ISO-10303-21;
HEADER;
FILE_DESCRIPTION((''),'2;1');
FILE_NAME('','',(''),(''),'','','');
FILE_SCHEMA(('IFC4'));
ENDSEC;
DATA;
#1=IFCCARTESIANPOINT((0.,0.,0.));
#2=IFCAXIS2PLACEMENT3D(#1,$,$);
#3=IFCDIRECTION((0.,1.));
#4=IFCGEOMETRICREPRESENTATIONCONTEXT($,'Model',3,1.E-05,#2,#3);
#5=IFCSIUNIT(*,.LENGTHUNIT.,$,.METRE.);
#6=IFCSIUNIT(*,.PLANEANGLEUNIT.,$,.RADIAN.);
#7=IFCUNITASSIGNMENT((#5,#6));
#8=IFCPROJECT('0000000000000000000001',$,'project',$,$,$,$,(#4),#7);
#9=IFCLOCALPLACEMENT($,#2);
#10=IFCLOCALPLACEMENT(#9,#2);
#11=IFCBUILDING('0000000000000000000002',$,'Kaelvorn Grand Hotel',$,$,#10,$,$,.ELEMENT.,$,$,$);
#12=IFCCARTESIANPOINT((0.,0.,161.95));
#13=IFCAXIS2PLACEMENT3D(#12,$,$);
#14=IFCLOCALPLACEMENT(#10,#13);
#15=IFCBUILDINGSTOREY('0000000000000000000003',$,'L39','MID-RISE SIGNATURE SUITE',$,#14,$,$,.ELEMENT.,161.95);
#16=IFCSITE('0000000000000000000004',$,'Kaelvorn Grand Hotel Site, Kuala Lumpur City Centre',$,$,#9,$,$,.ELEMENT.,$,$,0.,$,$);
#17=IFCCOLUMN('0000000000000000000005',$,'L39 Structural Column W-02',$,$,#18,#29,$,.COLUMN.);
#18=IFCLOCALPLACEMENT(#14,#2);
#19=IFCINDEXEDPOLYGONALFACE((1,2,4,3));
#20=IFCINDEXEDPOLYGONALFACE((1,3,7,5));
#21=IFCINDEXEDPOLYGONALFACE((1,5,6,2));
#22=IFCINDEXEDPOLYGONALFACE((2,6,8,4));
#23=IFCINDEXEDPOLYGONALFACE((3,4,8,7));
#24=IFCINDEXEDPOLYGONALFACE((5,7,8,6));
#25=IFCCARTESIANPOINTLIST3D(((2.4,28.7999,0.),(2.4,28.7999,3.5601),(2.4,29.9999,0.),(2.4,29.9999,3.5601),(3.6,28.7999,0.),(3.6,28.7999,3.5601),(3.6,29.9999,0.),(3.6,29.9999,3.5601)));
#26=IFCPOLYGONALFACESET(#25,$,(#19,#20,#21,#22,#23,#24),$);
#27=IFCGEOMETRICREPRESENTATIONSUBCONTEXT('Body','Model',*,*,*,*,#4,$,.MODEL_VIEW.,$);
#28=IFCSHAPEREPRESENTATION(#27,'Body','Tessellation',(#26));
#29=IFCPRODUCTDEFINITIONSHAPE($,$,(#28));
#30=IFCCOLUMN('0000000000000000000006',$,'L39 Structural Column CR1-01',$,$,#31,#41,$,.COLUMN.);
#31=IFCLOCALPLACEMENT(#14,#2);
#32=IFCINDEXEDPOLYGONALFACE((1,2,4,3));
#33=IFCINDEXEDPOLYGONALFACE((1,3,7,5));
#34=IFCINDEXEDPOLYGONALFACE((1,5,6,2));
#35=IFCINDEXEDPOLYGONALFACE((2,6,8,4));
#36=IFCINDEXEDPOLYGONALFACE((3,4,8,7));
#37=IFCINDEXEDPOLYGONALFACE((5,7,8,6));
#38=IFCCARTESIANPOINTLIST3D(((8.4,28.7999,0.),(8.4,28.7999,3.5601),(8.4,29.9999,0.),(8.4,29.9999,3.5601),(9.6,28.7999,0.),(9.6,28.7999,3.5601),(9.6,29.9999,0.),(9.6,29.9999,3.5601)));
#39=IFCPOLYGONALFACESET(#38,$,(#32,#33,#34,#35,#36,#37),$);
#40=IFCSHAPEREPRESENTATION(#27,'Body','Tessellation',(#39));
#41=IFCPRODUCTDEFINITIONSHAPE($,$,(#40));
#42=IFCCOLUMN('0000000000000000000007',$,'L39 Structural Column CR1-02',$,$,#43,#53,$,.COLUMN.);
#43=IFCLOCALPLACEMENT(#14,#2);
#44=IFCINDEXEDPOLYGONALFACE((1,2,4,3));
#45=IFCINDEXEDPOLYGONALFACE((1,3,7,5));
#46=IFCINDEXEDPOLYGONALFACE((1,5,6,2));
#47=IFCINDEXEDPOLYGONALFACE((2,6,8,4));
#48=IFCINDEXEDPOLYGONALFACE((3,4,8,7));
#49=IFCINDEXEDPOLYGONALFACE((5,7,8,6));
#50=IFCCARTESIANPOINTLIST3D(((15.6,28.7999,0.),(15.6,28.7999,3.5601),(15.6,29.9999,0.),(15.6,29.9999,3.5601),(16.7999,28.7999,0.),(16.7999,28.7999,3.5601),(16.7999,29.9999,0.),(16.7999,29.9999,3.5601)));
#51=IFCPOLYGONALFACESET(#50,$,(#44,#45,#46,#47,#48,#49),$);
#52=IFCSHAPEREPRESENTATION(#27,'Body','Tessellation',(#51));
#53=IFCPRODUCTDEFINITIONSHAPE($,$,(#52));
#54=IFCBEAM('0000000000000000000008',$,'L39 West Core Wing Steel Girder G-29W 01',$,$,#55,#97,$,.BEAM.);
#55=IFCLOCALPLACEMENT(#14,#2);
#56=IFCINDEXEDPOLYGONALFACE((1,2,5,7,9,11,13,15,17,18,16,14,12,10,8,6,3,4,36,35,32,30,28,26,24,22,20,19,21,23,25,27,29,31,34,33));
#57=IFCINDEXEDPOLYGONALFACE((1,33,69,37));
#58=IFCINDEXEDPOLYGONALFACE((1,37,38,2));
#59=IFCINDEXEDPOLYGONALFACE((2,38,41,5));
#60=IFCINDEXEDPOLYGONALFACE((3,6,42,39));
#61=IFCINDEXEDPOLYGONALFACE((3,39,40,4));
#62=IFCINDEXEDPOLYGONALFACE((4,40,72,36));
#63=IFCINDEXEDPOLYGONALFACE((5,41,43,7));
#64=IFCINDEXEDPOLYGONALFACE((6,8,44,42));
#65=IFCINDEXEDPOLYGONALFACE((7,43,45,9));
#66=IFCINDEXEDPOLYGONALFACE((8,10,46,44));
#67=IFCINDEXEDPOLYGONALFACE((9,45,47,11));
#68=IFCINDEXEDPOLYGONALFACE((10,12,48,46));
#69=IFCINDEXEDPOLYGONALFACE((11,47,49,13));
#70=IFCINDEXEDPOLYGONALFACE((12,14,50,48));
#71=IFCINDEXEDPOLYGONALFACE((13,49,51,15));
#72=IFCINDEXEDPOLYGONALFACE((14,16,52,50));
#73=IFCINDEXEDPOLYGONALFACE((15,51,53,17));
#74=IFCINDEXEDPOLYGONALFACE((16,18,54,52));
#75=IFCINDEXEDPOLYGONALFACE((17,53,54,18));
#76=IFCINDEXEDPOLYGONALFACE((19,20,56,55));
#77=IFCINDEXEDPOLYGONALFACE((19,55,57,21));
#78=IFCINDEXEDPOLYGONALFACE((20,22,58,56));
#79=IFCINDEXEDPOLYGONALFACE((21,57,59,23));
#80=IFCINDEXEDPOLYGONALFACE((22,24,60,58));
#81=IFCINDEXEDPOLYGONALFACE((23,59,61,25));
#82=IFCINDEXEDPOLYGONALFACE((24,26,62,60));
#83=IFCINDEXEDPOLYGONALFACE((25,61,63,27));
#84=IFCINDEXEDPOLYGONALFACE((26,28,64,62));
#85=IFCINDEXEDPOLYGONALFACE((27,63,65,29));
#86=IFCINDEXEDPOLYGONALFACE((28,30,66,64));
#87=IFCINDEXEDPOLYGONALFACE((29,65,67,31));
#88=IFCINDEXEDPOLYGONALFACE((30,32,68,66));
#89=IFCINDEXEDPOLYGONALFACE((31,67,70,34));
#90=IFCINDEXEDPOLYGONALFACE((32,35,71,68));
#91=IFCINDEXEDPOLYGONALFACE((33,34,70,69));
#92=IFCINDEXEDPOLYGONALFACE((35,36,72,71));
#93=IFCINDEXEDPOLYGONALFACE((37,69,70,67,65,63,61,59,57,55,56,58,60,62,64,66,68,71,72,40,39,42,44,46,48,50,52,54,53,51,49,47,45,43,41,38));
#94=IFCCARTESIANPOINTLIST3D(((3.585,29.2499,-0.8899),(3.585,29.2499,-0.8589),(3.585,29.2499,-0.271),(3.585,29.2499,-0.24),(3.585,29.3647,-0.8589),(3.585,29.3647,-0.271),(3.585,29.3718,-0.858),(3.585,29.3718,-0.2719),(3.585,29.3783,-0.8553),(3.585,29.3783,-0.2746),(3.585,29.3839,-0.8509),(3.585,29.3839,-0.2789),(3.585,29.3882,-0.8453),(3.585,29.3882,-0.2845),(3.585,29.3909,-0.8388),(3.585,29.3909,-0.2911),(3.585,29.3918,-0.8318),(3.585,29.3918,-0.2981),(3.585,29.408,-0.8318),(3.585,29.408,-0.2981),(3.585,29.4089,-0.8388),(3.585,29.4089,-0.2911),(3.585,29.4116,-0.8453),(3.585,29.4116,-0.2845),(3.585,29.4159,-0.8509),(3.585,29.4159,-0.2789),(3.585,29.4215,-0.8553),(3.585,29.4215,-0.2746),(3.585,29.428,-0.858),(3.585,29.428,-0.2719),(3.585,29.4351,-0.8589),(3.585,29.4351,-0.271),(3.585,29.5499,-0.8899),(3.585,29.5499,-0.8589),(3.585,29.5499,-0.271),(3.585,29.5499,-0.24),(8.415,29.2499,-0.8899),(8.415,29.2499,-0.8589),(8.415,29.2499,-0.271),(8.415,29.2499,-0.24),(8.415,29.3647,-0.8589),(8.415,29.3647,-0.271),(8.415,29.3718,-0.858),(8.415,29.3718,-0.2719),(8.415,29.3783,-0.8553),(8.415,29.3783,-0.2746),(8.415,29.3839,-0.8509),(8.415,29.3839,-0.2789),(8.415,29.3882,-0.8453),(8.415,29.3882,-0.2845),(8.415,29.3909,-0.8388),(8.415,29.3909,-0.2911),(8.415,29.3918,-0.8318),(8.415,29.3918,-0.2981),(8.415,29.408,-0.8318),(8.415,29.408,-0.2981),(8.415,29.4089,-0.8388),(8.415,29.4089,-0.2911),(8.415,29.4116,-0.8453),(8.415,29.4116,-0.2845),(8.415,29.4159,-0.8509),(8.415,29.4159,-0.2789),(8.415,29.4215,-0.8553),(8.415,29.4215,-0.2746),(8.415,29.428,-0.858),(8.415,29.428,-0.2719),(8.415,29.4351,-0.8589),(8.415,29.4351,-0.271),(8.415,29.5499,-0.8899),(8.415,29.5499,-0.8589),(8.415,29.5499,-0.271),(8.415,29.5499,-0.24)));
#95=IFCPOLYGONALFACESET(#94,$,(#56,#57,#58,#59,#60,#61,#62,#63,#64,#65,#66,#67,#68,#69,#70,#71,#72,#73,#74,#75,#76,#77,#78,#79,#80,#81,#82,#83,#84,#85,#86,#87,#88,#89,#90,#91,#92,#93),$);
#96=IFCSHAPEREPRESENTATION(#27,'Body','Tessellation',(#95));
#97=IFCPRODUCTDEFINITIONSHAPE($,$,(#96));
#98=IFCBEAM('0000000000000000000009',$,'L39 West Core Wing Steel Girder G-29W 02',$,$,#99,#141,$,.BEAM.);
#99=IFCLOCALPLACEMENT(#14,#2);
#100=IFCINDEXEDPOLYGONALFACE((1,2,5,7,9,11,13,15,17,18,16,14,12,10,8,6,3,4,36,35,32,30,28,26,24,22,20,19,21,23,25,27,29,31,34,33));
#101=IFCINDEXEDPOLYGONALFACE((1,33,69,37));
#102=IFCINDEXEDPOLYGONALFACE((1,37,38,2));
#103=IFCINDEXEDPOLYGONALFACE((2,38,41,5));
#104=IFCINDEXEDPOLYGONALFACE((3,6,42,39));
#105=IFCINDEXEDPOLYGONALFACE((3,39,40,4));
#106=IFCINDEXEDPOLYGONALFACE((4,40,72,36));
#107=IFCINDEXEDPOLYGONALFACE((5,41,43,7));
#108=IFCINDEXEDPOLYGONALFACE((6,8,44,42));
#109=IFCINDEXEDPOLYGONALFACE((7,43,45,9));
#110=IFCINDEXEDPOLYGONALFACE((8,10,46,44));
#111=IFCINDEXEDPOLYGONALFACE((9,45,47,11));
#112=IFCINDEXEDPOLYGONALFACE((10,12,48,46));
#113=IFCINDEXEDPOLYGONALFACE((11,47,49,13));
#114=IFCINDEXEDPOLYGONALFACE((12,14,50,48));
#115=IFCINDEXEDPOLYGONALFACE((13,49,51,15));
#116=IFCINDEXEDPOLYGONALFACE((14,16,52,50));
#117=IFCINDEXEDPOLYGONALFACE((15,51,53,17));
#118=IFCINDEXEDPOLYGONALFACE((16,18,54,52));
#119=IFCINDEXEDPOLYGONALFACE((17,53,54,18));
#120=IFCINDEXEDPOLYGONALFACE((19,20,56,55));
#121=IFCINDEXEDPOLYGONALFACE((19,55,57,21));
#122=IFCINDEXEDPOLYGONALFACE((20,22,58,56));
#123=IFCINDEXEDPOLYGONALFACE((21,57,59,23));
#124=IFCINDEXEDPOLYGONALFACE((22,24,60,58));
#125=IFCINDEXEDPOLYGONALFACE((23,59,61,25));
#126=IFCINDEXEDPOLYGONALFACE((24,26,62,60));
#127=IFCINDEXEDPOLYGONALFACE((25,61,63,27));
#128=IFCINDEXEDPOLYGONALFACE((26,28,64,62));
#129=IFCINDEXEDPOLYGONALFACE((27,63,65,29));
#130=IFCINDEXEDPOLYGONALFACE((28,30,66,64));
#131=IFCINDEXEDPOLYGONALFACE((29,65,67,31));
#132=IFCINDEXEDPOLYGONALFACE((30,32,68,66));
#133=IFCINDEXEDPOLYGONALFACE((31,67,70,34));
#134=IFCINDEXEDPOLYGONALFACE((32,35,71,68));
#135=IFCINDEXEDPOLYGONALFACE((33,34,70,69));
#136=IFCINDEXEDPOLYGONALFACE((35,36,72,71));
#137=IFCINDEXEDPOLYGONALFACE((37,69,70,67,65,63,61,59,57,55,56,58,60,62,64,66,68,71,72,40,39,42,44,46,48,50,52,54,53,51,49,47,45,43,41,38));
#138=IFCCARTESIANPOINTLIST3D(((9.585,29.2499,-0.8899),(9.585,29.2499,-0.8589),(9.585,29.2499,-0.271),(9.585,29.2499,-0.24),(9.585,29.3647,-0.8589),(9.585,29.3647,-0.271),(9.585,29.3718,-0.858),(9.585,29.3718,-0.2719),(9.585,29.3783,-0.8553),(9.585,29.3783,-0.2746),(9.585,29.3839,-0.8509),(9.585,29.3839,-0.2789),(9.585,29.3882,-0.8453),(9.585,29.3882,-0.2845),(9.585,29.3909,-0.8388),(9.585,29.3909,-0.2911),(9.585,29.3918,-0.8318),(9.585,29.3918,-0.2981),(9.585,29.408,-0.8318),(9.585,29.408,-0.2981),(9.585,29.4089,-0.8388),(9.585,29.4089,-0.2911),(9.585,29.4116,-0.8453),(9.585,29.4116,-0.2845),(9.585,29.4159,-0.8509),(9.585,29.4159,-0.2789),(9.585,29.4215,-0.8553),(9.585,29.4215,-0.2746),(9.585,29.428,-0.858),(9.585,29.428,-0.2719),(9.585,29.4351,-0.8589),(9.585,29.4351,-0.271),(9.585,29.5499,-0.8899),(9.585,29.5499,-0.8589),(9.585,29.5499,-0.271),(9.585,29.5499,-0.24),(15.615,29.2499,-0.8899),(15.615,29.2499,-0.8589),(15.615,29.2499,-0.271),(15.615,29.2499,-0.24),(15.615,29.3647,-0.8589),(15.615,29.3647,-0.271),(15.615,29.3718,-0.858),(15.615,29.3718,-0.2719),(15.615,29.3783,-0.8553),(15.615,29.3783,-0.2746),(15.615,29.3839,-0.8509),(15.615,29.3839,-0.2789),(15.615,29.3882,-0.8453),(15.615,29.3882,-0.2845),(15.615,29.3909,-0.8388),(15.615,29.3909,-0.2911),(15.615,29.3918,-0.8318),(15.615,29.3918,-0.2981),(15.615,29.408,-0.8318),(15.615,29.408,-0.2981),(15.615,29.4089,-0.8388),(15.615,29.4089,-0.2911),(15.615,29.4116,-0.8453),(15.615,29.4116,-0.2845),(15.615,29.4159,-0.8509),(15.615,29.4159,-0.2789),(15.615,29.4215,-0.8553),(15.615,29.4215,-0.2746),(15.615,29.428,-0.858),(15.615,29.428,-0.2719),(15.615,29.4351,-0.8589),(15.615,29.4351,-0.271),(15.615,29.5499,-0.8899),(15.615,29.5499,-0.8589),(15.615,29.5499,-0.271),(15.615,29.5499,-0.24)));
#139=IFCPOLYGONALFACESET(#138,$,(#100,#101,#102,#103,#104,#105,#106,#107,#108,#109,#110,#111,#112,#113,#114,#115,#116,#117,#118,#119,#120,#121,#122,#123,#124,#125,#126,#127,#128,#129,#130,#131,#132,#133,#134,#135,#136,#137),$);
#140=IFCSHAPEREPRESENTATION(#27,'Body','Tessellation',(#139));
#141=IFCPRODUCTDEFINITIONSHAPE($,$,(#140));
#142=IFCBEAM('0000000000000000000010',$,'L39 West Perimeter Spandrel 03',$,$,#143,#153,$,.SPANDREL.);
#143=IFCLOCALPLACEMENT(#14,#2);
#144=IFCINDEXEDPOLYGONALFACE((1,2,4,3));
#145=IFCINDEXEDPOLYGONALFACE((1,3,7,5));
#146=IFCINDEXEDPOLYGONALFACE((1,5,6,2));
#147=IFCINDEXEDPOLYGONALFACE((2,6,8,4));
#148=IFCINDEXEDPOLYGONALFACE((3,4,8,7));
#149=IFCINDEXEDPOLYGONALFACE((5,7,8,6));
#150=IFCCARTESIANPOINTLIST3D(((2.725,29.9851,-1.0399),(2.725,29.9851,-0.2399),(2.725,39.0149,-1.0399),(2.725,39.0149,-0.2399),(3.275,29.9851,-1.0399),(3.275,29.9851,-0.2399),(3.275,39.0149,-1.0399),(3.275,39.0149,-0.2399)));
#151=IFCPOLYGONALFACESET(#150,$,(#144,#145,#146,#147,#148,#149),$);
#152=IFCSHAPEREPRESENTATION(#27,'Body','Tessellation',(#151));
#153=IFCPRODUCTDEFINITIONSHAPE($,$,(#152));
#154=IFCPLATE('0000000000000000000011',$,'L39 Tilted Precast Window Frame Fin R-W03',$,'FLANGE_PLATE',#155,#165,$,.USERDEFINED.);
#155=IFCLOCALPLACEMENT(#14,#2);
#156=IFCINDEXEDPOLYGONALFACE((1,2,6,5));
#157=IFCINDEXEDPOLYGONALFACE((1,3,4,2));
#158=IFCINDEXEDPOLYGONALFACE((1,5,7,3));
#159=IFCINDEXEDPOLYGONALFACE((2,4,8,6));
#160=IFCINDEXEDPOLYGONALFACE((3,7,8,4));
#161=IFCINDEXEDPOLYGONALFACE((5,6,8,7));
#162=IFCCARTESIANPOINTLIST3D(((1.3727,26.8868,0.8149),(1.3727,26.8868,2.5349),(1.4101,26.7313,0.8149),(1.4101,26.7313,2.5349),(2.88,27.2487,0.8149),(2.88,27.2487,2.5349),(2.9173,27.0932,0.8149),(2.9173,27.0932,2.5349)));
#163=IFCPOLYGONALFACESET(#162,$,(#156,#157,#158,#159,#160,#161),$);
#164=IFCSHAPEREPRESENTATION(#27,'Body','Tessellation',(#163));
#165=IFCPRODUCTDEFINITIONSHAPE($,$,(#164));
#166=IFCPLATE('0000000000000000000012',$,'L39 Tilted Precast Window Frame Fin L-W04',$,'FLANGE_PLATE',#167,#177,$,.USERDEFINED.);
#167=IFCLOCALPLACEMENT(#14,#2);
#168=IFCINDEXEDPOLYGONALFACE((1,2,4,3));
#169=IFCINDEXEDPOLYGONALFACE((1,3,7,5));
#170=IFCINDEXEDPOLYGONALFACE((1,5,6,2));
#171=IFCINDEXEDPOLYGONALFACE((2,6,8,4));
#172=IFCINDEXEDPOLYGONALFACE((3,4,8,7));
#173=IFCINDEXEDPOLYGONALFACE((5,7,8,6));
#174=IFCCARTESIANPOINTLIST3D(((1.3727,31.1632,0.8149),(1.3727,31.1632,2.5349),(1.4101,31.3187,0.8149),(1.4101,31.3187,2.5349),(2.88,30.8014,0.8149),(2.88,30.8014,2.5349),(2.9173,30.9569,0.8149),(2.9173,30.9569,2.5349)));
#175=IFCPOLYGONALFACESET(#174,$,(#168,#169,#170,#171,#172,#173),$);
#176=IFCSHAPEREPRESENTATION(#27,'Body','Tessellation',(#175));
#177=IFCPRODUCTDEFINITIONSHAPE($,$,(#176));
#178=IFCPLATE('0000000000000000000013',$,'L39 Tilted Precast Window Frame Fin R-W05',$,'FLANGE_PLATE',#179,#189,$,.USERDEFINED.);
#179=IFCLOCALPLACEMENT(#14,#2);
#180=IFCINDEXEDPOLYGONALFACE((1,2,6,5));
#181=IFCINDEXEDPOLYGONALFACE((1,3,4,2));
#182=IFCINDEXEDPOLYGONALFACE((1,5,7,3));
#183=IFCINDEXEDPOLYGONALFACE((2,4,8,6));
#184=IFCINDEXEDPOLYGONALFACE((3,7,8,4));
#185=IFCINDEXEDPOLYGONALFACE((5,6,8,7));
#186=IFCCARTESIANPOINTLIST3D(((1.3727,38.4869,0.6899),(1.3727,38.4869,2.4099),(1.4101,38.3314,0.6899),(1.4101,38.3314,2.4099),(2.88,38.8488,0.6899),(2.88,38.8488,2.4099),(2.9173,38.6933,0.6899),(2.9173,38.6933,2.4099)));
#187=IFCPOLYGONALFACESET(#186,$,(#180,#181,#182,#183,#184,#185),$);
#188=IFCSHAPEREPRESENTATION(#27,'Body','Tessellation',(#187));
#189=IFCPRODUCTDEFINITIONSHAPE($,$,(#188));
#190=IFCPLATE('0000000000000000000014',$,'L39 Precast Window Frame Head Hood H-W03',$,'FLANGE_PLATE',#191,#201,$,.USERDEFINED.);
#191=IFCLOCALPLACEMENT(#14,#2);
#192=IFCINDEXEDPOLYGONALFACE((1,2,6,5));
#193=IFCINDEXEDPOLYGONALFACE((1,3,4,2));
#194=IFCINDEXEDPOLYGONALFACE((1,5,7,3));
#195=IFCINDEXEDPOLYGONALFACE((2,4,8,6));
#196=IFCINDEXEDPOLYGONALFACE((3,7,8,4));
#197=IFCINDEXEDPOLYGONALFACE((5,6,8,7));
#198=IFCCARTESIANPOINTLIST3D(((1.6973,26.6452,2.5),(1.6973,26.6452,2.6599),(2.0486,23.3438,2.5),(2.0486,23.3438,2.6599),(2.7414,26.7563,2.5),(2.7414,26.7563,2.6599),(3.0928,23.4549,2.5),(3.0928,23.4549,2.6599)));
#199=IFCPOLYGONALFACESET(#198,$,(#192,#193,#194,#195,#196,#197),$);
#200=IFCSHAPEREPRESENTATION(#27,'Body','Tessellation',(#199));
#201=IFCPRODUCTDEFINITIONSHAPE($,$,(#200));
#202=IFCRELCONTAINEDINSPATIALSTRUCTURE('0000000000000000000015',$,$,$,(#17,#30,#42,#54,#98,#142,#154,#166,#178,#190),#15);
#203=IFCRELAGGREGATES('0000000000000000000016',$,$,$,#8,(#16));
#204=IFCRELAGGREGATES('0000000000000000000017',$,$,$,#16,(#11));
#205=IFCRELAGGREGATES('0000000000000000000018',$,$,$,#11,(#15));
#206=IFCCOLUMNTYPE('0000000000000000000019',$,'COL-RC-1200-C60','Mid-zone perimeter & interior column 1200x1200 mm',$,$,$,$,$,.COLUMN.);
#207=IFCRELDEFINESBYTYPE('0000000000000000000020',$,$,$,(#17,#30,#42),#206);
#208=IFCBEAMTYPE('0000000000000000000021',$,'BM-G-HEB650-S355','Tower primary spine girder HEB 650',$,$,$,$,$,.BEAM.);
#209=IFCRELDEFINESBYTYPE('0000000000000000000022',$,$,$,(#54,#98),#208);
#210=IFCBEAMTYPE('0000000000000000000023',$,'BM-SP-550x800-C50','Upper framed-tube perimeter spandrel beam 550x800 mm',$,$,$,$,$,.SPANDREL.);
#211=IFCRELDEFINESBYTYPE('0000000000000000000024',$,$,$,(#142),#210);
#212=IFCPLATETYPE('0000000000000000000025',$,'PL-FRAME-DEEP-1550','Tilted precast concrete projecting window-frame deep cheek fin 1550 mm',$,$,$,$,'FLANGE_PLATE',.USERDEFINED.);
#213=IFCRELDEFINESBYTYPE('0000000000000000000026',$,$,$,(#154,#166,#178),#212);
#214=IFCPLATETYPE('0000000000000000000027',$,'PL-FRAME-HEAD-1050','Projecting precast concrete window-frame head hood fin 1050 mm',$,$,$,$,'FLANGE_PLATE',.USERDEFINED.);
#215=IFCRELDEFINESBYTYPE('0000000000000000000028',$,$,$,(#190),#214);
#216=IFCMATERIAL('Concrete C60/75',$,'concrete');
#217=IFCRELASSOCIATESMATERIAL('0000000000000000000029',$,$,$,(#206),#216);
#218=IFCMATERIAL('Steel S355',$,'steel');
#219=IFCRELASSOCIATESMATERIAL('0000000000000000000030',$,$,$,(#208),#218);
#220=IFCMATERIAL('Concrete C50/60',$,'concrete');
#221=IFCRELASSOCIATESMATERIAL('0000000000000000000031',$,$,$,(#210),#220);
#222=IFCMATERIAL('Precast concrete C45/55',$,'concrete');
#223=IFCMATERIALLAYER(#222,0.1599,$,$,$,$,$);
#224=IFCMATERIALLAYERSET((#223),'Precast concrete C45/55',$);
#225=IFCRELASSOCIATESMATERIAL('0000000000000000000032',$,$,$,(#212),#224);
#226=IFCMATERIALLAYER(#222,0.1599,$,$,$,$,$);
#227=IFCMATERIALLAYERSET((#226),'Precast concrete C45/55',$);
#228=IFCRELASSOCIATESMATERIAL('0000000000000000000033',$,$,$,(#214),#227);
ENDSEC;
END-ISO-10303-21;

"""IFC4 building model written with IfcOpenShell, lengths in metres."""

from ifc_helpers import new_model, si_unit, direction, frame, origin, origin_2d, place, context, subcontext, project, spatial, rectangle, i_section, extrude, material, layer, layer_set, material_profile, profile_set, type_object, element, save


model = new_model("IFC4")

# Units and contexts
model_context = context("Model", 3, precision=1e-05, world=origin(), true_north=direction((0.0, 1.0)))
body_context = subcontext(model_context, "Body", "Model", "MODEL_VIEW")
ifc_project = project(units=[si_unit("LENGTHUNIT", "METRE"), si_unit("PLANEANGLEUNIT", "RADIAN")], contexts=[model_context])

# Site, building, storey
site_placement = place(None, origin())
site = spatial("IfcSite", under=ifc_project, at=site_placement, Name="Kaelvorn Grand Hotel Site, Kuala Lumpur City Centre", CompositionType="ELEMENT", RefElevation=0.0)
building_placement = place(site_placement, origin())
building = spatial("IfcBuilding", under=site, at=building_placement, Name="Kaelvorn Grand Hotel", CompositionType="ELEMENT")
storey_placement = place(building_placement, frame((0.0, 0.0, 161.95)))
storey = spatial("IfcBuildingStorey", under=building, at=storey_placement, Name="L39", Description="MID-RISE SIGNATURE SUITE", CompositionType="ELEMENT", Elevation=161.95)

# Columns
ifc_material_1 = material(Name="Concrete C60/75", Category="concrete")
ifc_material_profile_1 = material_profile(ifc_material_1, rectangle(XDim=1.2, YDim=1.2, at=origin_2d()), Name="RC COL 1200x1200")
ifc_profile_set_1 = profile_set([ifc_material_profile_1], Name="Concrete C60/75")
column_type = type_object("IfcColumnType", Name="COL-RC-1200-C60", Description="Mid-zone perimeter & interior column 1200x1200 mm", PredefinedType="COLUMN", material=ifc_profile_set_1)
for number, where, z_axis, x_axis, name in (
    (1, (3.0, 29.3999, 0.0), (0.0, 0.0, 1.0), (1.0, 0.0, 0.0), "L39 Structural Column W-02"),
    (2, (9.0, 29.3999, 0.0), (0.0, 0.0, 1.0), (1.0, 0.0, 0.0), "L39 Structural Column CR1-01"),
    (3, (16.2, 29.3999, 0.0), (0.0, 0.0, 1.0), (1.0, 0.0, 0.0), "L39 Structural Column CR1-02"),
):
    element("IfcColumn", number, at=place(storey_placement, frame(where, z_axis=z_axis, x_axis=x_axis)), inside=storey, type_object=column_type, Name=name, PredefinedType="COLUMN", context=body_context, shape_type="SweptSolid", body=[
        extrude(rectangle(XDim=1.2, YDim=1.2, at=origin_2d()), origin(), (0.0, 0.0, 1.0), 3.5601),
    ])

# Beams
ifc_material_2 = material(Name="Steel S355", Category="steel")
ifc_material_profile_2 = material_profile(ifc_material_2, i_section(OverallWidth=0.3, OverallDepth=0.6499, WebThickness=0.0161, FlangeThickness=0.031, FilletRadius=0.0271, at=origin_2d()), Name="HEB 650")
ifc_profile_set_2 = profile_set([ifc_material_profile_2], Name="Steel S355")
beam_type_1 = type_object("IfcBeamType", Name="BM-G-HEB650-S355", Description="Tower primary spine girder HEB 650", PredefinedType="BEAM", material=ifc_profile_set_2)
beam_1_placement = place(storey_placement, frame((3.585, 29.3999, -0.5649), z_axis=(1.0, 0.0, 0.0), x_axis=(0.0, 1.0, 0.0)))
element("IfcBeam", 4, at=beam_1_placement, inside=storey, type_object=beam_type_1, Name="L39 West Core Wing Steel Girder G-29W 01", PredefinedType="BEAM", context=body_context, shape_type="SweptSolid", body=[
    extrude(i_section(OverallWidth=0.3, OverallDepth=0.6499, WebThickness=0.0161, FlangeThickness=0.031, FilletRadius=0.0271, at=origin_2d()), origin(), (0.0, 0.0, 1.0), 4.8301),
])
beam_2_placement = place(storey_placement, frame((9.585, 29.3999, -0.5649), z_axis=(1.0, 0.0, 0.0), x_axis=(0.0, 1.0, 0.0)))
element("IfcBeam", 5, at=beam_2_placement, inside=storey, type_object=beam_type_1, Name="L39 West Core Wing Steel Girder G-29W 02", PredefinedType="BEAM", context=body_context, shape_type="SweptSolid", body=[
    extrude(i_section(OverallWidth=0.3, OverallDepth=0.6499, WebThickness=0.0161, FlangeThickness=0.031, FilletRadius=0.0271, at=origin_2d()), origin(), (0.0, 0.0, 1.0), 6.03),
])
ifc_material_3 = material(Name="Concrete C50/60", Category="concrete")
ifc_material_profile_3 = material_profile(ifc_material_3, rectangle(XDim=0.55, YDim=0.8, at=origin_2d()), Name="RC SPANDREL 550x800")
ifc_profile_set_3 = profile_set([ifc_material_profile_3], Name="Concrete C50/60")
beam_type_2 = type_object("IfcBeamType", Name="BM-SP-550x800-C50", Description="Upper framed-tube perimeter spandrel beam 550x800 mm", PredefinedType="SPANDREL", material=ifc_profile_set_3)
beam_3_placement = place(storey_placement, frame((3.0, 29.9851, -0.6399), z_axis=(0.0, 1.0, 0.0), x_axis=(-1.0, 0.0, 0.0)))
element("IfcBeam", 6, at=beam_3_placement, inside=storey, type_object=beam_type_2, Name="L39 West Perimeter Spandrel 03", PredefinedType="SPANDREL", context=body_context, shape_type="SweptSolid", body=[
    extrude(rectangle(XDim=0.55, YDim=0.8, at=origin_2d()), origin(), (0.0, 0.0, 1.0), 9.0298),
])

# Plates
ifc_material_4 = material(Name="Precast concrete C45/55", Category="concrete")
ifc_layer_1 = layer(ifc_material_4, 0.1599)
ifc_layer_set_1 = layer_set([ifc_layer_1], Name="Precast concrete C45/55")
plate_type_1 = type_object("IfcPlateType", Name="PL-FRAME-DEEP-1550", Description="Tilted precast concrete projecting window-frame deep cheek fin 1550 mm", ElementType="FLANGE_PLATE", PredefinedType="USERDEFINED", material=ifc_layer_set_1)
for number, where, z_axis, x_axis, name in (
    (7, (2.145, 26.99, 0.8149), (0.0, 0.0, 1.0), (-0.233445, 0.97237, 0.0), "L39 Tilted Precast Window Frame Fin R-W03"),
    (8, (2.145, 31.0601, 0.8149), (0.0, 0.0, 1.0), (0.233445, 0.97237, 0.0), "L39 Tilted Precast Window Frame Fin L-W04"),
    (9, (2.145, 38.5901, 0.6899), (0.0, 0.0, 1.0), (-0.233445, 0.97237, 0.0), "L39 Tilted Precast Window Frame Fin R-W05"),
):
    element("IfcPlate", number, at=place(storey_placement, frame(where, z_axis=z_axis, x_axis=x_axis)), inside=storey, type_object=plate_type_1, Name=name, ObjectType="FLANGE_PLATE", PredefinedType="USERDEFINED", context=body_context, shape_type="SweptSolid", body=[
        extrude(rectangle(XDim=0.1599, YDim=1.55, at=origin_2d()), origin(), (0.0, 0.0, 1.0), 1.72),
    ])
ifc_layer_2 = layer(ifc_material_4, 0.1599)
ifc_layer_set_2 = layer_set([ifc_layer_2], Name="Precast concrete C45/55")
plate_type_2 = type_object("IfcPlateType", Name="PL-FRAME-HEAD-1050", Description="Projecting precast concrete window-frame head hood fin 1050 mm", ElementType="FLANGE_PLATE", PredefinedType="USERDEFINED", material=ifc_layer_set_2)
for number, where, z_axis, x_axis, name in (
    (10, (2.395, 25.05, 2.5), (0.0, 0.0, 1.0), (-0.10583, 0.994384, 0.0), "L39 Precast Window Frame Head Hood H-W03"),
):
    element("IfcPlate", number, at=place(storey_placement, frame(where, z_axis=z_axis, x_axis=x_axis)), inside=storey, type_object=plate_type_2, Name=name, ObjectType="FLANGE_PLATE", PredefinedType="USERDEFINED", context=body_context, shape_type="SweptSolid", body=[
        extrude(rectangle(XDim=3.3201, YDim=1.05, at=origin_2d()), origin(), (0.0, 0.0, 1.0), 0.1599),
    ])

save(model, "model.ifc")
